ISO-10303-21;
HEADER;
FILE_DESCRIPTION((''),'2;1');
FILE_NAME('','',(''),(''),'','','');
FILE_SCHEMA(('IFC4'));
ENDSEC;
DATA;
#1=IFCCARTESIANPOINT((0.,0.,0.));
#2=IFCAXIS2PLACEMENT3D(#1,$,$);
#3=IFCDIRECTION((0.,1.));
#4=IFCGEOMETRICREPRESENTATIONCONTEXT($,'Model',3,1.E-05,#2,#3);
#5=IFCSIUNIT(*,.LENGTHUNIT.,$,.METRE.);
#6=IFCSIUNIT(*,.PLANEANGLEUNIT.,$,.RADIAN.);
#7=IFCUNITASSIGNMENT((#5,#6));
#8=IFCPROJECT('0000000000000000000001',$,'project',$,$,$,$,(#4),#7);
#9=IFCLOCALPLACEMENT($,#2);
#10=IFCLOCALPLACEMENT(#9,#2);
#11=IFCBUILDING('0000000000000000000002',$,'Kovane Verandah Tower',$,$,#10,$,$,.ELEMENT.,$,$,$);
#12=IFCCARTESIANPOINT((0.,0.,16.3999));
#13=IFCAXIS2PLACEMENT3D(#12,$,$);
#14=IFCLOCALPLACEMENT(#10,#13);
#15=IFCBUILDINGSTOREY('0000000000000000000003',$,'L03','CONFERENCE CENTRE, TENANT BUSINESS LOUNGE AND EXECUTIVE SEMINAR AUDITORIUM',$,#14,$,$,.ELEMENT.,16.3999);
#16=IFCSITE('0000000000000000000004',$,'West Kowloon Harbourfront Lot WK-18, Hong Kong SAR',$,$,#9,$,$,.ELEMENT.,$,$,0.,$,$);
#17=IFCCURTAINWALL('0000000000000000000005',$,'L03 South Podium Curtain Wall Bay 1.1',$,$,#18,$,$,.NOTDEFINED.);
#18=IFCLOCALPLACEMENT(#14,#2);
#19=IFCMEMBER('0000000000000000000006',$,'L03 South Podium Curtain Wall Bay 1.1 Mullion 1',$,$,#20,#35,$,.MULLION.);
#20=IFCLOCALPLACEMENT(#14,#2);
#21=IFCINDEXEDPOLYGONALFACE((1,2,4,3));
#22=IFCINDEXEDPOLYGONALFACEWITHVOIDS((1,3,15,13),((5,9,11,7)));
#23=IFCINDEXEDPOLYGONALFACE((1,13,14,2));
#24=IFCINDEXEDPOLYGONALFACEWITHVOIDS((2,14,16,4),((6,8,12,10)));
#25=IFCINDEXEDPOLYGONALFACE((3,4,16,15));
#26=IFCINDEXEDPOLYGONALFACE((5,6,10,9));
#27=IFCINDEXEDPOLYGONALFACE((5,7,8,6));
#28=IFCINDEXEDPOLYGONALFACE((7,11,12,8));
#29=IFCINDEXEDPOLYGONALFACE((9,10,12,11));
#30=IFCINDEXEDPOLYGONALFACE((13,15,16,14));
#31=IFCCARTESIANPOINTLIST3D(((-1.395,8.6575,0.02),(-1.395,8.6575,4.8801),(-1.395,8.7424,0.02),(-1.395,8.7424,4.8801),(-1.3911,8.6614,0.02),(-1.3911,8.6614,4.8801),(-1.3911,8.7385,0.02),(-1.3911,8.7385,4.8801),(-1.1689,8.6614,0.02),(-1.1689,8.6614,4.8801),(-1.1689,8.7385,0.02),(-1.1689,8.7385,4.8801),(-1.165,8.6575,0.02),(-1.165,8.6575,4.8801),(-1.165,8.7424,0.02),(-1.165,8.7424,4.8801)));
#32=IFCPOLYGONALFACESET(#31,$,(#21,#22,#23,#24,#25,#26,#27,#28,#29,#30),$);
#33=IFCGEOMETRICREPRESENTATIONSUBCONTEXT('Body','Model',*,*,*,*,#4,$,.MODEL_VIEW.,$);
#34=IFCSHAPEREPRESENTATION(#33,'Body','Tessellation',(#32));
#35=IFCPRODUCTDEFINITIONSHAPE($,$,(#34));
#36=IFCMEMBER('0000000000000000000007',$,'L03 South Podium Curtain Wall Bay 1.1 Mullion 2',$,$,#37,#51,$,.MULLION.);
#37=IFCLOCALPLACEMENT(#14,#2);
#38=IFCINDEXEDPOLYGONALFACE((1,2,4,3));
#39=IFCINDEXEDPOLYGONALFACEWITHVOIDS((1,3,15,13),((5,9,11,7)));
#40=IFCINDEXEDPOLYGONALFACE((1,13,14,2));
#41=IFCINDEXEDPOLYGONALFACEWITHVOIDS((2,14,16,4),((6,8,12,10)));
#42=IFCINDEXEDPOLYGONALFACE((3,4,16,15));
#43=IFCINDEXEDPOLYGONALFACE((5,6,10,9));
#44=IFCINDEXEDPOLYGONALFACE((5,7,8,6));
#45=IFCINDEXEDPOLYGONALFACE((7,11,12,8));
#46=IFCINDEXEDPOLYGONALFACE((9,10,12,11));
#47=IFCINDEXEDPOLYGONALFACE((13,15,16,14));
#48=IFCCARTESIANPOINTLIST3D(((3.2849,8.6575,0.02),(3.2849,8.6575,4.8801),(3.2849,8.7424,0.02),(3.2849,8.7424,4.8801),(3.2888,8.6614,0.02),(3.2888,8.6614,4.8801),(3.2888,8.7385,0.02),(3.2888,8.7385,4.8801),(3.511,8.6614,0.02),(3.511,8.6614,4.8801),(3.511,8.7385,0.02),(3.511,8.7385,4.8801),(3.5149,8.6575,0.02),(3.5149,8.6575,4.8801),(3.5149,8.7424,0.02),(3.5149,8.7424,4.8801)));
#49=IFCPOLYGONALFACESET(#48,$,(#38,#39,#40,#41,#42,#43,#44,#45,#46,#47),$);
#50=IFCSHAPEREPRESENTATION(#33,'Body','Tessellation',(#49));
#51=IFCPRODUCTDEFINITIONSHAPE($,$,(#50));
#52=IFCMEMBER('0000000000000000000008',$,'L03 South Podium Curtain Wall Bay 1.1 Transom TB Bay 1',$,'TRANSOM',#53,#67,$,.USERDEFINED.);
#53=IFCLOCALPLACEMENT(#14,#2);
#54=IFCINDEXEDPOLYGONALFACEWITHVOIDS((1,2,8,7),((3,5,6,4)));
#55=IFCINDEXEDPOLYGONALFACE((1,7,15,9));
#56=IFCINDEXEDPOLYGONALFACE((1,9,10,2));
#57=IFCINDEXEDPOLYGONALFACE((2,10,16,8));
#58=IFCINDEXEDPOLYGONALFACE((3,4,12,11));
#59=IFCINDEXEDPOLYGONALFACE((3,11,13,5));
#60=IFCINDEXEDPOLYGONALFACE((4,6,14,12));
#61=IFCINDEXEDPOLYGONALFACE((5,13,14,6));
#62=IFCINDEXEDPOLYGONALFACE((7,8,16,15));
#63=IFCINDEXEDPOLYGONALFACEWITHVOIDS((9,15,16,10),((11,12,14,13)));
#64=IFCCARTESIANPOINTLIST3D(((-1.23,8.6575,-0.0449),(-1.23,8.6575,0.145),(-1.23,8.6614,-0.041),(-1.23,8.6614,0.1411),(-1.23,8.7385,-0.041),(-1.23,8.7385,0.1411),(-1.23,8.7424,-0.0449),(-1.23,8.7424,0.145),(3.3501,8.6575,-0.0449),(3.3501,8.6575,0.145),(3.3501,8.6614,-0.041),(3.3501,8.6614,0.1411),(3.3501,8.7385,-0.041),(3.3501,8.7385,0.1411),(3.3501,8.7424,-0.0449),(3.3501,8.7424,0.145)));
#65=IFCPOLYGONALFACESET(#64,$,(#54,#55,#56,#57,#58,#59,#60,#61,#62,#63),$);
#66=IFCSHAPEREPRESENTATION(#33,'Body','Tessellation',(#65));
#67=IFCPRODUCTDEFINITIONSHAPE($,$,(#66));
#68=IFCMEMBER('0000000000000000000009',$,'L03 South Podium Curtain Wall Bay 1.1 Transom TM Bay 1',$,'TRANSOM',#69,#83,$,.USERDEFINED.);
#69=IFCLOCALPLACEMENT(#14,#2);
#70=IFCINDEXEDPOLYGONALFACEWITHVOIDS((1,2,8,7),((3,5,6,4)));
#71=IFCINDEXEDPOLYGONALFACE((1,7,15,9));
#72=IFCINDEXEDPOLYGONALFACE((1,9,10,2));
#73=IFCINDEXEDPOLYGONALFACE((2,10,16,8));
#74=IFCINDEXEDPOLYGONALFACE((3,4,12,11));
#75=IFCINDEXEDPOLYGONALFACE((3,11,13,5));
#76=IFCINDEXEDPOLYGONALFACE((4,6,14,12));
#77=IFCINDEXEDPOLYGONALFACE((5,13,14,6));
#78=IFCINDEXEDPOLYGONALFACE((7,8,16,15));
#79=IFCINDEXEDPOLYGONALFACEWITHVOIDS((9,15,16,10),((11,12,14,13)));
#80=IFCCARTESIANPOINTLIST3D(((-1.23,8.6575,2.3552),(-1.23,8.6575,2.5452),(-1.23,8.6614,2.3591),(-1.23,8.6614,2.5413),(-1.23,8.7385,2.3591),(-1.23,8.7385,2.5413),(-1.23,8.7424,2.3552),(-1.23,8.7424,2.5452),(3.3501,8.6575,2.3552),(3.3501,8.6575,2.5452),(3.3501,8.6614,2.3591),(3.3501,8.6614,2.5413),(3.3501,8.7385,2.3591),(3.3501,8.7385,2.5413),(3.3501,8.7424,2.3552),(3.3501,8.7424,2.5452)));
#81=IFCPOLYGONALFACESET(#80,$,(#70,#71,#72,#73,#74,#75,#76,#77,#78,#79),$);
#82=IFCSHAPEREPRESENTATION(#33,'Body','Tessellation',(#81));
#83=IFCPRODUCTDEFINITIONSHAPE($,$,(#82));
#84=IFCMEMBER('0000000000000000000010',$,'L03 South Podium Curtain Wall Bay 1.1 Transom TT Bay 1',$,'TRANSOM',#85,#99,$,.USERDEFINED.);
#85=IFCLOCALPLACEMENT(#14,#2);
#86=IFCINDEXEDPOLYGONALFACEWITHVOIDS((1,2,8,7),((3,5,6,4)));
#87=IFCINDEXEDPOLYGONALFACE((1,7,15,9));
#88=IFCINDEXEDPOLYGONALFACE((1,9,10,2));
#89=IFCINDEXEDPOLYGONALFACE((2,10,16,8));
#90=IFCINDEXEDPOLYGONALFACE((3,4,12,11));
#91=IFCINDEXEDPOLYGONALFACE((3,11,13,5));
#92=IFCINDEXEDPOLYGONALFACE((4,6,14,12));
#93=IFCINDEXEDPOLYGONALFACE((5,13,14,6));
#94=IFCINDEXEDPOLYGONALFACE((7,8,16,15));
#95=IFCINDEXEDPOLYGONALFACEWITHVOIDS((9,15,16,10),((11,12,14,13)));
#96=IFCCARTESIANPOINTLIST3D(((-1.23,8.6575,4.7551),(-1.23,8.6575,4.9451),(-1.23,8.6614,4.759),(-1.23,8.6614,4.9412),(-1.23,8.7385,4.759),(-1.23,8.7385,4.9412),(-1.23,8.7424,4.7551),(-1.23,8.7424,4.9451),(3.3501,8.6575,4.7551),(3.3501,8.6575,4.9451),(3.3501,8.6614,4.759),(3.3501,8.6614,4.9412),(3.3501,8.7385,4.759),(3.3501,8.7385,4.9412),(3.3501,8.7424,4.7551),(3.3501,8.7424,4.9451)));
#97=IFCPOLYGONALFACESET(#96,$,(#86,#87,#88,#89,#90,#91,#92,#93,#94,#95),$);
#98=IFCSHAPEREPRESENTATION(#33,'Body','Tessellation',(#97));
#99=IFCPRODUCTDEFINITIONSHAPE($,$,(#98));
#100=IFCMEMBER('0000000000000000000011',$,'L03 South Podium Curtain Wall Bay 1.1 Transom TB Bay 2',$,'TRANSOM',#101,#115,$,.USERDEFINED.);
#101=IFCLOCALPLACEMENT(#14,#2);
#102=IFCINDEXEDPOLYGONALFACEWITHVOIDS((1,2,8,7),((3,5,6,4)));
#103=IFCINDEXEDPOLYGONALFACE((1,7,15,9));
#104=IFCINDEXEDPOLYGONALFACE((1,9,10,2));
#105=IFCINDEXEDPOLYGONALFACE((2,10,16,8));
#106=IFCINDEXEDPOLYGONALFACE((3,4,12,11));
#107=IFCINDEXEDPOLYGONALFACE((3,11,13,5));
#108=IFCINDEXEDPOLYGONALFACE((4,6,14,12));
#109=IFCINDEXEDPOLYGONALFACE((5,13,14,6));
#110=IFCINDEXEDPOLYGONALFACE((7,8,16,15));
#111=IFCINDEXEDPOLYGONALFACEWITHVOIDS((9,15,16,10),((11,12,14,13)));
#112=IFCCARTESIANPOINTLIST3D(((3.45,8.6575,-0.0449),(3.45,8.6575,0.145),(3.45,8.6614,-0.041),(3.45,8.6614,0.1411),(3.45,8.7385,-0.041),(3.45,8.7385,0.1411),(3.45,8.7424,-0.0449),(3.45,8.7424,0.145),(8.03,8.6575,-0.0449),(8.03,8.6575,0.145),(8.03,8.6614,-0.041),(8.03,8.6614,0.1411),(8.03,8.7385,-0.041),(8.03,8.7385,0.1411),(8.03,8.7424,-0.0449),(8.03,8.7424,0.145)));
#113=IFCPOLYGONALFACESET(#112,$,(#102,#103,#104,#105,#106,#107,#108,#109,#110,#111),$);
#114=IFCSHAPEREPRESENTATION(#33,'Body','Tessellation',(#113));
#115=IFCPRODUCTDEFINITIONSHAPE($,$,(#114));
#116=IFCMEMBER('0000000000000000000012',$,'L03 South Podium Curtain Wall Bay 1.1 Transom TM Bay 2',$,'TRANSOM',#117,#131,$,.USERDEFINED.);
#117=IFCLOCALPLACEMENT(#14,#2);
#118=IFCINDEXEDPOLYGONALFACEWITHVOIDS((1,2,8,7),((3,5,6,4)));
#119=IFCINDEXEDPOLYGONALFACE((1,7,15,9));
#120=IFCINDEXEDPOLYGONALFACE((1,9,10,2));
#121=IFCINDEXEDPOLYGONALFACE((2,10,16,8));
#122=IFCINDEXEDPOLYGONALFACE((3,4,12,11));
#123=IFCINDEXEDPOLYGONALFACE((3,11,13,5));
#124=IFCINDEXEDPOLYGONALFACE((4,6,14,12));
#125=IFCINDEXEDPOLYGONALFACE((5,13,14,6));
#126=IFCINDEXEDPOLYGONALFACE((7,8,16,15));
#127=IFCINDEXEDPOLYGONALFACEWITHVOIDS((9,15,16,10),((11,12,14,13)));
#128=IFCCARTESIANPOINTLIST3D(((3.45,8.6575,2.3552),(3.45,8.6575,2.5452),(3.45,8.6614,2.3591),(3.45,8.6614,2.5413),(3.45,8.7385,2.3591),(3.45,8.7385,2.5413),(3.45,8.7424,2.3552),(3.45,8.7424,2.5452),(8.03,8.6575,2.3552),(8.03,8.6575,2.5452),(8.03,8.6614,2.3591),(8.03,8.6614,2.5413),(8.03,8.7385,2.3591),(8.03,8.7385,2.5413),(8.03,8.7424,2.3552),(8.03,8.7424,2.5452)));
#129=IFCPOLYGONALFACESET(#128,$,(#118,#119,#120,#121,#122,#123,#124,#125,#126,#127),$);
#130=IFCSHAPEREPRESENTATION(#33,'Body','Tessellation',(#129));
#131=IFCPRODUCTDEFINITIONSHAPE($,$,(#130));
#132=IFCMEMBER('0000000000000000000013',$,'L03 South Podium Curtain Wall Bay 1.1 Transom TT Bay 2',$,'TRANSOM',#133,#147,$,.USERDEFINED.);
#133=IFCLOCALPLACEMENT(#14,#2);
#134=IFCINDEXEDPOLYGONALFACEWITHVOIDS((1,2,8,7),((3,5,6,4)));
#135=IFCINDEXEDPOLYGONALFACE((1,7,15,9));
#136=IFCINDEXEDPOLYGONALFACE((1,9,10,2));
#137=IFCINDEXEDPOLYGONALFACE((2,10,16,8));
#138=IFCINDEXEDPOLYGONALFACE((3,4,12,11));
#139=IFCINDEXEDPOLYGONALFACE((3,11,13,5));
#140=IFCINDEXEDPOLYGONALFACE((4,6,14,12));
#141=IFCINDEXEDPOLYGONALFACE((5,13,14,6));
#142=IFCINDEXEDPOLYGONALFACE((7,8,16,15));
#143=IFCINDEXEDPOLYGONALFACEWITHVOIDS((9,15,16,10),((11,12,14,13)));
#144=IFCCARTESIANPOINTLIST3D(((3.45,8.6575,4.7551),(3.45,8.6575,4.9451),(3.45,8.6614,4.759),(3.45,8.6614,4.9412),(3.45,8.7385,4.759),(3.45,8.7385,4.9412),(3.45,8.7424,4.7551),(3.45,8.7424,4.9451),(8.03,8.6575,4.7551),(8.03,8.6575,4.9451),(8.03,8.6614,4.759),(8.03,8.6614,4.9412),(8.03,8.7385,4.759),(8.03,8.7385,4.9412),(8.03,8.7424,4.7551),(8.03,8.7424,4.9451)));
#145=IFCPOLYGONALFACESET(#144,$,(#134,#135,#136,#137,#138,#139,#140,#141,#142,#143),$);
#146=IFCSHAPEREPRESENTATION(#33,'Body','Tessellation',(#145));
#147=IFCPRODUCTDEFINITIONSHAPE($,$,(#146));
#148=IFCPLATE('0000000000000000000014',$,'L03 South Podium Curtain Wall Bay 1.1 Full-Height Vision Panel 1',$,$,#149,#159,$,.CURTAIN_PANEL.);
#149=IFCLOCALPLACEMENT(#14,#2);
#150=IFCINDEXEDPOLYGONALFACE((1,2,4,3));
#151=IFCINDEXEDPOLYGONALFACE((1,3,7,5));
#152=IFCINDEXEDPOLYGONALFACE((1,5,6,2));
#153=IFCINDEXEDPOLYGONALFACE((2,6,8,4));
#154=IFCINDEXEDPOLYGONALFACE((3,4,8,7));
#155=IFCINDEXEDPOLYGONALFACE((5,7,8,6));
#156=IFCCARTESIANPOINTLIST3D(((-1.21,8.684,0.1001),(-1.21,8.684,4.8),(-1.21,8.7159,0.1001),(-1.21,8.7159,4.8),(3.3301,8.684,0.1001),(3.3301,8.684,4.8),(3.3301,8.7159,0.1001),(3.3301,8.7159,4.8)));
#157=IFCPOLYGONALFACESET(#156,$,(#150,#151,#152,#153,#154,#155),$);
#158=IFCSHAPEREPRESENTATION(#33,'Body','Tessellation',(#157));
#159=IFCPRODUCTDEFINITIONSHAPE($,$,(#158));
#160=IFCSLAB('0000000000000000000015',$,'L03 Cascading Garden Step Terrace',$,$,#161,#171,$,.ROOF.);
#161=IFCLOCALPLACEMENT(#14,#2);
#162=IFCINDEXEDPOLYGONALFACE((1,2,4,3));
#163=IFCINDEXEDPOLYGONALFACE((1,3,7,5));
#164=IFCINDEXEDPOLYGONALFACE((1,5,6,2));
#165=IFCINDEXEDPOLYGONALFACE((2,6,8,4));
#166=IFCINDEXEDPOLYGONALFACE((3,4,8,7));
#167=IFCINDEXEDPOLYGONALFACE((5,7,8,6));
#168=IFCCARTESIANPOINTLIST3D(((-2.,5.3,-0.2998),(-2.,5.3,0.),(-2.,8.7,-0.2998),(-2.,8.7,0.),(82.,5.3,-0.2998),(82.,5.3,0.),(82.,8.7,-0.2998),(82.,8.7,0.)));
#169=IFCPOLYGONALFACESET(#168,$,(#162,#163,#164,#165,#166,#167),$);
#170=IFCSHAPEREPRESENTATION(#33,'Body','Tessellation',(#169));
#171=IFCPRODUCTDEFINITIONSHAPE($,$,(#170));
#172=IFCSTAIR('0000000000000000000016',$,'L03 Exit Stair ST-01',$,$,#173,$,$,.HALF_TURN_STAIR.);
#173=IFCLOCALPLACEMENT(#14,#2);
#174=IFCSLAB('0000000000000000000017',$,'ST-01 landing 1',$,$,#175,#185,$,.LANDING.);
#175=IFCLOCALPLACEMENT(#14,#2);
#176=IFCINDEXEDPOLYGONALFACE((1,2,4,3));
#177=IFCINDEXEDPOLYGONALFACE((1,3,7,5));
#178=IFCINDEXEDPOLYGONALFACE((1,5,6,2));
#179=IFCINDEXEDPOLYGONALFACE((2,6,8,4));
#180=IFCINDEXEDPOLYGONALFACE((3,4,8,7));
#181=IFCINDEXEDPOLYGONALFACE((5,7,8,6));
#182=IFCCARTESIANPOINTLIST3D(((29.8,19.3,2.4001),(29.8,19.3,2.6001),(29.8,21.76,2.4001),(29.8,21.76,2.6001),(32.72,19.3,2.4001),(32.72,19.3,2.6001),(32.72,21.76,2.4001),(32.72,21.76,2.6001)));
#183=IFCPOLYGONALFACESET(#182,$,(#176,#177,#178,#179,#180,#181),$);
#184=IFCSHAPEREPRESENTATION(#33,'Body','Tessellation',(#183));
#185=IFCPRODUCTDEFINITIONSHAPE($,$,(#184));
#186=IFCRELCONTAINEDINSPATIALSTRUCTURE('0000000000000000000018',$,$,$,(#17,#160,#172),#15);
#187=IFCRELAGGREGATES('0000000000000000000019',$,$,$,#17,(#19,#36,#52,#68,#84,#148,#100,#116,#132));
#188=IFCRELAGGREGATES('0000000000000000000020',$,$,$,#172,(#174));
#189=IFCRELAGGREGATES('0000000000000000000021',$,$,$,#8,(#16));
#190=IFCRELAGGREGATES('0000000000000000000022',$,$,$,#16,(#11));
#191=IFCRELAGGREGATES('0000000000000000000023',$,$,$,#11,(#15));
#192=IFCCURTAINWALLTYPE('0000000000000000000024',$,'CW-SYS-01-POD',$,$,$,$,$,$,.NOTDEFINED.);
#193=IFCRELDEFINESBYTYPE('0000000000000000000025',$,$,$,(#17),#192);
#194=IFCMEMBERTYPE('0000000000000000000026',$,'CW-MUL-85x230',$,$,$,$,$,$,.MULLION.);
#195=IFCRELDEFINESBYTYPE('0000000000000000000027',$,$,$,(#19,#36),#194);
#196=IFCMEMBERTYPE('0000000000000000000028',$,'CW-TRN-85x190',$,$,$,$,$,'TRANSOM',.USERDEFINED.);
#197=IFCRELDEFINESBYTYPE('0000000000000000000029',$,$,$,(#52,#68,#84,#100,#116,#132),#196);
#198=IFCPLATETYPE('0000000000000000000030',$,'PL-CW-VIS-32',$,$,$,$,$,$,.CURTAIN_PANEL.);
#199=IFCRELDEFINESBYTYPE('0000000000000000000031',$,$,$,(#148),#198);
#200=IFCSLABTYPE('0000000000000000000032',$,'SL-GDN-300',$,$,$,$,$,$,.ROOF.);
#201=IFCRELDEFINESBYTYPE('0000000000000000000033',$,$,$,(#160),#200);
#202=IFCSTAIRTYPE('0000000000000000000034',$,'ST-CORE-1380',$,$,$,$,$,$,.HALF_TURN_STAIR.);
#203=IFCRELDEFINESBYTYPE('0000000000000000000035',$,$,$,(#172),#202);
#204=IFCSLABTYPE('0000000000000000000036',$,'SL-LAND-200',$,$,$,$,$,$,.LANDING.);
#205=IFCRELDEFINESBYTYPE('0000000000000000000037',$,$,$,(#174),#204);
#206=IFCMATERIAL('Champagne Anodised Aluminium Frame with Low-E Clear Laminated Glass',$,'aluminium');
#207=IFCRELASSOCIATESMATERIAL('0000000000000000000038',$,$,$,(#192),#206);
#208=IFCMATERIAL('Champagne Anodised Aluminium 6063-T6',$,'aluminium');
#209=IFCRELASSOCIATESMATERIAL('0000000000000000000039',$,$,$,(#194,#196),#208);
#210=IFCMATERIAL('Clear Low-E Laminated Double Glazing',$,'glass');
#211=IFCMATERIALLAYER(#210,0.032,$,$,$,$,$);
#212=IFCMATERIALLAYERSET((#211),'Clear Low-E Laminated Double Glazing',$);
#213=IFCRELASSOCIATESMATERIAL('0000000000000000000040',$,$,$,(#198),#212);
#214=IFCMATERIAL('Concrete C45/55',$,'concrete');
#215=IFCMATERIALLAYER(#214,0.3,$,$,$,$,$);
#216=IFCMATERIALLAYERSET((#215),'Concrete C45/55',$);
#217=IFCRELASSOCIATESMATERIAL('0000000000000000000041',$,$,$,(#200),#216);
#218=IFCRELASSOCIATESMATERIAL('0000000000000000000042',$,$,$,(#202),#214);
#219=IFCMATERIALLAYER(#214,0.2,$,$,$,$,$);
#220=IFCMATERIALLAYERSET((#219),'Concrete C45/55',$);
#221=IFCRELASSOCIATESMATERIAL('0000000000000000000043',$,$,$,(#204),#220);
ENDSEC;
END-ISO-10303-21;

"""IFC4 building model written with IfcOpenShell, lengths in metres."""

from ifc_helpers import new_model, si_unit, direction, frame, origin, origin_2d, place, context, subcontext, project, spatial, polyline, rectangle, hollow_rectangle, outline, extrude, material, layer, layer_set, material_profile, profile_set, type_object, element, aggregate, save


model = new_model("IFC4")

# Units and contexts
model_context = context("Model", 3, precision=1e-05, world=origin(), true_north=direction((0.0, 1.0)))
body_context = subcontext(model_context, "Body", "Model", "MODEL_VIEW")
ifc_project = project(units=[si_unit("LENGTHUNIT", "METRE"), si_unit("PLANEANGLEUNIT", "RADIAN")], contexts=[model_context])

# Site, building, storey
site_placement = place(None, origin())
site = spatial("IfcSite", under=ifc_project, at=site_placement, Name="West Kowloon Harbourfront Lot WK-18, Hong Kong SAR", CompositionType="ELEMENT", RefElevation=0.0)
building_placement = place(site_placement, origin())
building = spatial("IfcBuilding", under=site, at=building_placement, Name="Kovane Verandah Tower", CompositionType="ELEMENT")
storey_placement = place(building_placement, frame((0.0, 0.0, 16.3999)))
storey = spatial("IfcBuildingStorey", under=building, at=storey_placement, Name="L03", Description="CONFERENCE CENTRE, TENANT BUSINESS LOUNGE AND EXECUTIVE SEMINAR AUDITORIUM", CompositionType="ELEMENT", Elevation=16.3999)

# Curtain wall, members, plate
ifc_material_1 = material(Name="Champagne Anodised Aluminium Frame with Low-E Clear Laminated Glass", Category="aluminium")
curtain_wall_type = type_object("IfcCurtainWallType", Name="CW-SYS-01-POD", PredefinedType="NOTDEFINED", material=ifc_material_1)
curtain_wall_placement = place(storey_placement, origin())
curtain_wall = element("IfcCurtainWall", 1, at=curtain_wall_placement, inside=storey, type_object=curtain_wall_type, Name="L03 South Podium Curtain Wall Bay 1.1", PredefinedType="NOTDEFINED")
ifc_material_2 = material(Name="Champagne Anodised Aluminium 6063-T6", Category="aluminium")
ifc_material_profile_1 = material_profile(ifc_material_2, hollow_rectangle(XDim=0.085, YDim=0.23, WallThickness=0.0039, at=origin_2d()), Name="AL85x230x4")
ifc_profile_set_1 = profile_set([ifc_material_profile_1], Name="Champagne Anodised Aluminium 6063-T6")
member_type_1 = type_object("IfcMemberType", Name="CW-MUL-85x230", PredefinedType="MULLION", material=ifc_profile_set_1)
member_1_placement = place(storey_placement, frame((-1.28, 8.7, 0.02), z_axis=(0.0, 0.0, 1.0), x_axis=(0.0, -1.0, 0.0)))
member_1 = element("IfcMember", 2, at=member_1_placement, type_object=member_type_1, Name="L03 South Podium Curtain Wall Bay 1.1 Mullion 1", PredefinedType="MULLION", context=body_context, shape_type="SweptSolid", body=[
    extrude(hollow_rectangle(XDim=0.085, YDim=0.23, WallThickness=0.0039, at=origin_2d()), origin(), (0.0, 0.0, 1.0), 4.8601),
])
member_2_placement = place(storey_placement, frame((3.3999, 8.7, 0.02), z_axis=(0.0, 0.0, 1.0), x_axis=(0.0, -1.0, 0.0)))
member_2 = element("IfcMember", 3, at=member_2_placement, type_object=member_type_1, Name="L03 South Podium Curtain Wall Bay 1.1 Mullion 2", PredefinedType="MULLION", context=body_context, shape_type="SweptSolid", body=[
    extrude(hollow_rectangle(XDim=0.085, YDim=0.23, WallThickness=0.0039, at=origin_2d()), origin(), (0.0, 0.0, 1.0), 4.8601),
])
ifc_material_profile_2 = material_profile(ifc_material_2, hollow_rectangle(XDim=0.085, YDim=0.1899, WallThickness=0.0039, at=origin_2d()), Name="AL85x190x4")
ifc_profile_set_2 = profile_set([ifc_material_profile_2], Name="Champagne Anodised Aluminium 6063-T6")
member_type_2 = type_object("IfcMemberType", Name="CW-TRN-85x190", ElementType="TRANSOM", PredefinedType="USERDEFINED", material=ifc_profile_set_2)
member_3_placement = place(storey_placement, frame((-1.23, 8.7, 0.05), z_axis=(1.0, 0.0, 0.0), x_axis=(0.0, 1.0, 0.0)))
member_3 = element("IfcMember", 4, at=member_3_placement, type_object=member_type_2, Name="L03 South Podium Curtain Wall Bay 1.1 Transom TB Bay 1", ObjectType="TRANSOM", PredefinedType="USERDEFINED", context=body_context, shape_type="SweptSolid", body=[
    extrude(hollow_rectangle(XDim=0.085, YDim=0.1899, WallThickness=0.0039, at=origin_2d()), origin(), (0.0, 0.0, 1.0), 4.5801),
])
member_4_placement = place(storey_placement, frame((-1.23, 8.7, 2.4502), z_axis=(1.0, 0.0, 0.0), x_axis=(0.0, 1.0, 0.0)))
member_4 = element("IfcMember", 5, at=member_4_placement, type_object=member_type_2, Name="L03 South Podium Curtain Wall Bay 1.1 Transom TM Bay 1", ObjectType="TRANSOM", PredefinedType="USERDEFINED", context=body_context, shape_type="SweptSolid", body=[
    extrude(hollow_rectangle(XDim=0.085, YDim=0.1899, WallThickness=0.0039, at=origin_2d()), origin(), (0.0, 0.0, 1.0), 4.5801),
])
member_5_placement = place(storey_placement, frame((-1.23, 8.7, 4.8501), z_axis=(1.0, 0.0, 0.0), x_axis=(0.0, 1.0, 0.0)))
member_5 = element("IfcMember", 6, at=member_5_placement, type_object=member_type_2, Name="L03 South Podium Curtain Wall Bay 1.1 Transom TT Bay 1", ObjectType="TRANSOM", PredefinedType="USERDEFINED", context=body_context, shape_type="SweptSolid", body=[
    extrude(hollow_rectangle(XDim=0.085, YDim=0.1899, WallThickness=0.0039, at=origin_2d()), origin(), (0.0, 0.0, 1.0), 4.5801),
])
member_6_placement = place(storey_placement, frame((3.45, 8.7, 0.05), z_axis=(1.0, 0.0, 0.0), x_axis=(0.0, 1.0, 0.0)))
member_6 = element("IfcMember", 7, at=member_6_placement, type_object=member_type_2, Name="L03 South Podium Curtain Wall Bay 1.1 Transom TB Bay 2", ObjectType="TRANSOM", PredefinedType="USERDEFINED", context=body_context, shape_type="SweptSolid", body=[
    extrude(hollow_rectangle(XDim=0.085, YDim=0.1899, WallThickness=0.0039, at=origin_2d()), origin(), (0.0, 0.0, 1.0), 4.5801),
])
member_7_placement = place(storey_placement, frame((3.45, 8.7, 2.4502), z_axis=(1.0, 0.0, 0.0), x_axis=(0.0, 1.0, 0.0)))
member_7 = element("IfcMember", 8, at=member_7_placement, type_object=member_type_2, Name="L03 South Podium Curtain Wall Bay 1.1 Transom TM Bay 2", ObjectType="TRANSOM", PredefinedType="USERDEFINED", context=body_context, shape_type="SweptSolid", body=[
    extrude(hollow_rectangle(XDim=0.085, YDim=0.1899, WallThickness=0.0039, at=origin_2d()), origin(), (0.0, 0.0, 1.0), 4.5801),
])
member_8_placement = place(storey_placement, frame((3.45, 8.7, 4.8501), z_axis=(1.0, 0.0, 0.0), x_axis=(0.0, 1.0, 0.0)))
member_8 = element("IfcMember", 9, at=member_8_placement, type_object=member_type_2, Name="L03 South Podium Curtain Wall Bay 1.1 Transom TT Bay 2", ObjectType="TRANSOM", PredefinedType="USERDEFINED", context=body_context, shape_type="SweptSolid", body=[
    extrude(hollow_rectangle(XDim=0.085, YDim=0.1899, WallThickness=0.0039, at=origin_2d()), origin(), (0.0, 0.0, 1.0), 4.5801),
])
ifc_material_3 = material(Name="Clear Low-E Laminated Double Glazing", Category="glass")
ifc_layer_1 = layer(ifc_material_3, 0.032)
ifc_layer_set_1 = layer_set([ifc_layer_1], Name="Clear Low-E Laminated Double Glazing")
plate_type = type_object("IfcPlateType", Name="PL-CW-VIS-32", PredefinedType="CURTAIN_PANEL", material=ifc_layer_set_1)
plate_placement = place(storey_placement, frame((1.0601, 8.7, 0.1001), z_axis=(0.0, 0.0, 1.0), x_axis=(1.0, 0.0, 0.0)))
plate = element("IfcPlate", 10, at=plate_placement, type_object=plate_type, Name="L03 South Podium Curtain Wall Bay 1.1 Full-Height Vision Panel 1", PredefinedType="CURTAIN_PANEL", context=body_context, shape_type="SweptSolid", body=[
    extrude(rectangle(XDim=4.54, YDim=0.032, at=origin_2d()), origin(), (0.0, 0.0, 1.0), 4.7),
])
aggregate(curtain_wall, [member_1, member_2, member_3, member_4, member_5, plate, member_6, member_7, member_8])

# Slab
ifc_material_4 = material(Name="Concrete C45/55", Category="concrete")
ifc_layer_2 = layer(ifc_material_4, 0.3)
ifc_layer_set_2 = layer_set([ifc_layer_2], Name="Concrete C45/55")
slab_type_1 = type_object("IfcSlabType", Name="SL-GDN-300", PredefinedType="ROOF", material=ifc_layer_set_2)
slab_1_placement = place(storey_placement, frame((0.0, 0.0, -0.2998)))
element("IfcSlab", 11, at=slab_1_placement, inside=storey, type_object=slab_type_1, Name="L03 Cascading Garden Step Terrace", PredefinedType="ROOF", context=body_context, shape_type="SweptSolid", body=[
    extrude(outline(polyline([(-2.0, 5.3), (82.0, 5.3), (82.0, 8.7), (-2.0, 8.7), (-2.0, 5.3)])), origin(), (0.0, 0.0, 1.0), 0.2998),
])

# Stair, slab
stair_type = type_object("IfcStairType", Name="ST-CORE-1380", PredefinedType="HALF_TURN_STAIR", material=ifc_material_4)
stair_1_placement = place(storey_placement, origin())
stair_1 = element("IfcStair", 12, at=stair_1_placement, inside=storey, type_object=stair_type, Name="L03 Exit Stair ST-01", PredefinedType="HALF_TURN_STAIR")
ifc_layer_3 = layer(ifc_material_4, 0.2)
ifc_layer_set_3 = layer_set([ifc_layer_3], Name="Concrete C45/55")
slab_type_2 = type_object("IfcSlabType", Name="SL-LAND-200", PredefinedType="LANDING", material=ifc_layer_set_3)
slab_2_placement = place(storey_placement, frame((0.0, 0.0, 2.4001)))
slab_2 = element("IfcSlab", 13, at=slab_2_placement, type_object=slab_type_2, Name="ST-01 landing 1", PredefinedType="LANDING", context=body_context, shape_type="SweptSolid", body=[
    extrude(outline(polyline([(29.8, 21.76), (29.8, 19.3), (32.72, 19.3), (32.72, 21.76), (29.8, 21.76)])), origin(), (0.0, 0.0, 1.0), 0.2),
])
aggregate(stair_1, [slab_2])

save(model, "model.ifc")
